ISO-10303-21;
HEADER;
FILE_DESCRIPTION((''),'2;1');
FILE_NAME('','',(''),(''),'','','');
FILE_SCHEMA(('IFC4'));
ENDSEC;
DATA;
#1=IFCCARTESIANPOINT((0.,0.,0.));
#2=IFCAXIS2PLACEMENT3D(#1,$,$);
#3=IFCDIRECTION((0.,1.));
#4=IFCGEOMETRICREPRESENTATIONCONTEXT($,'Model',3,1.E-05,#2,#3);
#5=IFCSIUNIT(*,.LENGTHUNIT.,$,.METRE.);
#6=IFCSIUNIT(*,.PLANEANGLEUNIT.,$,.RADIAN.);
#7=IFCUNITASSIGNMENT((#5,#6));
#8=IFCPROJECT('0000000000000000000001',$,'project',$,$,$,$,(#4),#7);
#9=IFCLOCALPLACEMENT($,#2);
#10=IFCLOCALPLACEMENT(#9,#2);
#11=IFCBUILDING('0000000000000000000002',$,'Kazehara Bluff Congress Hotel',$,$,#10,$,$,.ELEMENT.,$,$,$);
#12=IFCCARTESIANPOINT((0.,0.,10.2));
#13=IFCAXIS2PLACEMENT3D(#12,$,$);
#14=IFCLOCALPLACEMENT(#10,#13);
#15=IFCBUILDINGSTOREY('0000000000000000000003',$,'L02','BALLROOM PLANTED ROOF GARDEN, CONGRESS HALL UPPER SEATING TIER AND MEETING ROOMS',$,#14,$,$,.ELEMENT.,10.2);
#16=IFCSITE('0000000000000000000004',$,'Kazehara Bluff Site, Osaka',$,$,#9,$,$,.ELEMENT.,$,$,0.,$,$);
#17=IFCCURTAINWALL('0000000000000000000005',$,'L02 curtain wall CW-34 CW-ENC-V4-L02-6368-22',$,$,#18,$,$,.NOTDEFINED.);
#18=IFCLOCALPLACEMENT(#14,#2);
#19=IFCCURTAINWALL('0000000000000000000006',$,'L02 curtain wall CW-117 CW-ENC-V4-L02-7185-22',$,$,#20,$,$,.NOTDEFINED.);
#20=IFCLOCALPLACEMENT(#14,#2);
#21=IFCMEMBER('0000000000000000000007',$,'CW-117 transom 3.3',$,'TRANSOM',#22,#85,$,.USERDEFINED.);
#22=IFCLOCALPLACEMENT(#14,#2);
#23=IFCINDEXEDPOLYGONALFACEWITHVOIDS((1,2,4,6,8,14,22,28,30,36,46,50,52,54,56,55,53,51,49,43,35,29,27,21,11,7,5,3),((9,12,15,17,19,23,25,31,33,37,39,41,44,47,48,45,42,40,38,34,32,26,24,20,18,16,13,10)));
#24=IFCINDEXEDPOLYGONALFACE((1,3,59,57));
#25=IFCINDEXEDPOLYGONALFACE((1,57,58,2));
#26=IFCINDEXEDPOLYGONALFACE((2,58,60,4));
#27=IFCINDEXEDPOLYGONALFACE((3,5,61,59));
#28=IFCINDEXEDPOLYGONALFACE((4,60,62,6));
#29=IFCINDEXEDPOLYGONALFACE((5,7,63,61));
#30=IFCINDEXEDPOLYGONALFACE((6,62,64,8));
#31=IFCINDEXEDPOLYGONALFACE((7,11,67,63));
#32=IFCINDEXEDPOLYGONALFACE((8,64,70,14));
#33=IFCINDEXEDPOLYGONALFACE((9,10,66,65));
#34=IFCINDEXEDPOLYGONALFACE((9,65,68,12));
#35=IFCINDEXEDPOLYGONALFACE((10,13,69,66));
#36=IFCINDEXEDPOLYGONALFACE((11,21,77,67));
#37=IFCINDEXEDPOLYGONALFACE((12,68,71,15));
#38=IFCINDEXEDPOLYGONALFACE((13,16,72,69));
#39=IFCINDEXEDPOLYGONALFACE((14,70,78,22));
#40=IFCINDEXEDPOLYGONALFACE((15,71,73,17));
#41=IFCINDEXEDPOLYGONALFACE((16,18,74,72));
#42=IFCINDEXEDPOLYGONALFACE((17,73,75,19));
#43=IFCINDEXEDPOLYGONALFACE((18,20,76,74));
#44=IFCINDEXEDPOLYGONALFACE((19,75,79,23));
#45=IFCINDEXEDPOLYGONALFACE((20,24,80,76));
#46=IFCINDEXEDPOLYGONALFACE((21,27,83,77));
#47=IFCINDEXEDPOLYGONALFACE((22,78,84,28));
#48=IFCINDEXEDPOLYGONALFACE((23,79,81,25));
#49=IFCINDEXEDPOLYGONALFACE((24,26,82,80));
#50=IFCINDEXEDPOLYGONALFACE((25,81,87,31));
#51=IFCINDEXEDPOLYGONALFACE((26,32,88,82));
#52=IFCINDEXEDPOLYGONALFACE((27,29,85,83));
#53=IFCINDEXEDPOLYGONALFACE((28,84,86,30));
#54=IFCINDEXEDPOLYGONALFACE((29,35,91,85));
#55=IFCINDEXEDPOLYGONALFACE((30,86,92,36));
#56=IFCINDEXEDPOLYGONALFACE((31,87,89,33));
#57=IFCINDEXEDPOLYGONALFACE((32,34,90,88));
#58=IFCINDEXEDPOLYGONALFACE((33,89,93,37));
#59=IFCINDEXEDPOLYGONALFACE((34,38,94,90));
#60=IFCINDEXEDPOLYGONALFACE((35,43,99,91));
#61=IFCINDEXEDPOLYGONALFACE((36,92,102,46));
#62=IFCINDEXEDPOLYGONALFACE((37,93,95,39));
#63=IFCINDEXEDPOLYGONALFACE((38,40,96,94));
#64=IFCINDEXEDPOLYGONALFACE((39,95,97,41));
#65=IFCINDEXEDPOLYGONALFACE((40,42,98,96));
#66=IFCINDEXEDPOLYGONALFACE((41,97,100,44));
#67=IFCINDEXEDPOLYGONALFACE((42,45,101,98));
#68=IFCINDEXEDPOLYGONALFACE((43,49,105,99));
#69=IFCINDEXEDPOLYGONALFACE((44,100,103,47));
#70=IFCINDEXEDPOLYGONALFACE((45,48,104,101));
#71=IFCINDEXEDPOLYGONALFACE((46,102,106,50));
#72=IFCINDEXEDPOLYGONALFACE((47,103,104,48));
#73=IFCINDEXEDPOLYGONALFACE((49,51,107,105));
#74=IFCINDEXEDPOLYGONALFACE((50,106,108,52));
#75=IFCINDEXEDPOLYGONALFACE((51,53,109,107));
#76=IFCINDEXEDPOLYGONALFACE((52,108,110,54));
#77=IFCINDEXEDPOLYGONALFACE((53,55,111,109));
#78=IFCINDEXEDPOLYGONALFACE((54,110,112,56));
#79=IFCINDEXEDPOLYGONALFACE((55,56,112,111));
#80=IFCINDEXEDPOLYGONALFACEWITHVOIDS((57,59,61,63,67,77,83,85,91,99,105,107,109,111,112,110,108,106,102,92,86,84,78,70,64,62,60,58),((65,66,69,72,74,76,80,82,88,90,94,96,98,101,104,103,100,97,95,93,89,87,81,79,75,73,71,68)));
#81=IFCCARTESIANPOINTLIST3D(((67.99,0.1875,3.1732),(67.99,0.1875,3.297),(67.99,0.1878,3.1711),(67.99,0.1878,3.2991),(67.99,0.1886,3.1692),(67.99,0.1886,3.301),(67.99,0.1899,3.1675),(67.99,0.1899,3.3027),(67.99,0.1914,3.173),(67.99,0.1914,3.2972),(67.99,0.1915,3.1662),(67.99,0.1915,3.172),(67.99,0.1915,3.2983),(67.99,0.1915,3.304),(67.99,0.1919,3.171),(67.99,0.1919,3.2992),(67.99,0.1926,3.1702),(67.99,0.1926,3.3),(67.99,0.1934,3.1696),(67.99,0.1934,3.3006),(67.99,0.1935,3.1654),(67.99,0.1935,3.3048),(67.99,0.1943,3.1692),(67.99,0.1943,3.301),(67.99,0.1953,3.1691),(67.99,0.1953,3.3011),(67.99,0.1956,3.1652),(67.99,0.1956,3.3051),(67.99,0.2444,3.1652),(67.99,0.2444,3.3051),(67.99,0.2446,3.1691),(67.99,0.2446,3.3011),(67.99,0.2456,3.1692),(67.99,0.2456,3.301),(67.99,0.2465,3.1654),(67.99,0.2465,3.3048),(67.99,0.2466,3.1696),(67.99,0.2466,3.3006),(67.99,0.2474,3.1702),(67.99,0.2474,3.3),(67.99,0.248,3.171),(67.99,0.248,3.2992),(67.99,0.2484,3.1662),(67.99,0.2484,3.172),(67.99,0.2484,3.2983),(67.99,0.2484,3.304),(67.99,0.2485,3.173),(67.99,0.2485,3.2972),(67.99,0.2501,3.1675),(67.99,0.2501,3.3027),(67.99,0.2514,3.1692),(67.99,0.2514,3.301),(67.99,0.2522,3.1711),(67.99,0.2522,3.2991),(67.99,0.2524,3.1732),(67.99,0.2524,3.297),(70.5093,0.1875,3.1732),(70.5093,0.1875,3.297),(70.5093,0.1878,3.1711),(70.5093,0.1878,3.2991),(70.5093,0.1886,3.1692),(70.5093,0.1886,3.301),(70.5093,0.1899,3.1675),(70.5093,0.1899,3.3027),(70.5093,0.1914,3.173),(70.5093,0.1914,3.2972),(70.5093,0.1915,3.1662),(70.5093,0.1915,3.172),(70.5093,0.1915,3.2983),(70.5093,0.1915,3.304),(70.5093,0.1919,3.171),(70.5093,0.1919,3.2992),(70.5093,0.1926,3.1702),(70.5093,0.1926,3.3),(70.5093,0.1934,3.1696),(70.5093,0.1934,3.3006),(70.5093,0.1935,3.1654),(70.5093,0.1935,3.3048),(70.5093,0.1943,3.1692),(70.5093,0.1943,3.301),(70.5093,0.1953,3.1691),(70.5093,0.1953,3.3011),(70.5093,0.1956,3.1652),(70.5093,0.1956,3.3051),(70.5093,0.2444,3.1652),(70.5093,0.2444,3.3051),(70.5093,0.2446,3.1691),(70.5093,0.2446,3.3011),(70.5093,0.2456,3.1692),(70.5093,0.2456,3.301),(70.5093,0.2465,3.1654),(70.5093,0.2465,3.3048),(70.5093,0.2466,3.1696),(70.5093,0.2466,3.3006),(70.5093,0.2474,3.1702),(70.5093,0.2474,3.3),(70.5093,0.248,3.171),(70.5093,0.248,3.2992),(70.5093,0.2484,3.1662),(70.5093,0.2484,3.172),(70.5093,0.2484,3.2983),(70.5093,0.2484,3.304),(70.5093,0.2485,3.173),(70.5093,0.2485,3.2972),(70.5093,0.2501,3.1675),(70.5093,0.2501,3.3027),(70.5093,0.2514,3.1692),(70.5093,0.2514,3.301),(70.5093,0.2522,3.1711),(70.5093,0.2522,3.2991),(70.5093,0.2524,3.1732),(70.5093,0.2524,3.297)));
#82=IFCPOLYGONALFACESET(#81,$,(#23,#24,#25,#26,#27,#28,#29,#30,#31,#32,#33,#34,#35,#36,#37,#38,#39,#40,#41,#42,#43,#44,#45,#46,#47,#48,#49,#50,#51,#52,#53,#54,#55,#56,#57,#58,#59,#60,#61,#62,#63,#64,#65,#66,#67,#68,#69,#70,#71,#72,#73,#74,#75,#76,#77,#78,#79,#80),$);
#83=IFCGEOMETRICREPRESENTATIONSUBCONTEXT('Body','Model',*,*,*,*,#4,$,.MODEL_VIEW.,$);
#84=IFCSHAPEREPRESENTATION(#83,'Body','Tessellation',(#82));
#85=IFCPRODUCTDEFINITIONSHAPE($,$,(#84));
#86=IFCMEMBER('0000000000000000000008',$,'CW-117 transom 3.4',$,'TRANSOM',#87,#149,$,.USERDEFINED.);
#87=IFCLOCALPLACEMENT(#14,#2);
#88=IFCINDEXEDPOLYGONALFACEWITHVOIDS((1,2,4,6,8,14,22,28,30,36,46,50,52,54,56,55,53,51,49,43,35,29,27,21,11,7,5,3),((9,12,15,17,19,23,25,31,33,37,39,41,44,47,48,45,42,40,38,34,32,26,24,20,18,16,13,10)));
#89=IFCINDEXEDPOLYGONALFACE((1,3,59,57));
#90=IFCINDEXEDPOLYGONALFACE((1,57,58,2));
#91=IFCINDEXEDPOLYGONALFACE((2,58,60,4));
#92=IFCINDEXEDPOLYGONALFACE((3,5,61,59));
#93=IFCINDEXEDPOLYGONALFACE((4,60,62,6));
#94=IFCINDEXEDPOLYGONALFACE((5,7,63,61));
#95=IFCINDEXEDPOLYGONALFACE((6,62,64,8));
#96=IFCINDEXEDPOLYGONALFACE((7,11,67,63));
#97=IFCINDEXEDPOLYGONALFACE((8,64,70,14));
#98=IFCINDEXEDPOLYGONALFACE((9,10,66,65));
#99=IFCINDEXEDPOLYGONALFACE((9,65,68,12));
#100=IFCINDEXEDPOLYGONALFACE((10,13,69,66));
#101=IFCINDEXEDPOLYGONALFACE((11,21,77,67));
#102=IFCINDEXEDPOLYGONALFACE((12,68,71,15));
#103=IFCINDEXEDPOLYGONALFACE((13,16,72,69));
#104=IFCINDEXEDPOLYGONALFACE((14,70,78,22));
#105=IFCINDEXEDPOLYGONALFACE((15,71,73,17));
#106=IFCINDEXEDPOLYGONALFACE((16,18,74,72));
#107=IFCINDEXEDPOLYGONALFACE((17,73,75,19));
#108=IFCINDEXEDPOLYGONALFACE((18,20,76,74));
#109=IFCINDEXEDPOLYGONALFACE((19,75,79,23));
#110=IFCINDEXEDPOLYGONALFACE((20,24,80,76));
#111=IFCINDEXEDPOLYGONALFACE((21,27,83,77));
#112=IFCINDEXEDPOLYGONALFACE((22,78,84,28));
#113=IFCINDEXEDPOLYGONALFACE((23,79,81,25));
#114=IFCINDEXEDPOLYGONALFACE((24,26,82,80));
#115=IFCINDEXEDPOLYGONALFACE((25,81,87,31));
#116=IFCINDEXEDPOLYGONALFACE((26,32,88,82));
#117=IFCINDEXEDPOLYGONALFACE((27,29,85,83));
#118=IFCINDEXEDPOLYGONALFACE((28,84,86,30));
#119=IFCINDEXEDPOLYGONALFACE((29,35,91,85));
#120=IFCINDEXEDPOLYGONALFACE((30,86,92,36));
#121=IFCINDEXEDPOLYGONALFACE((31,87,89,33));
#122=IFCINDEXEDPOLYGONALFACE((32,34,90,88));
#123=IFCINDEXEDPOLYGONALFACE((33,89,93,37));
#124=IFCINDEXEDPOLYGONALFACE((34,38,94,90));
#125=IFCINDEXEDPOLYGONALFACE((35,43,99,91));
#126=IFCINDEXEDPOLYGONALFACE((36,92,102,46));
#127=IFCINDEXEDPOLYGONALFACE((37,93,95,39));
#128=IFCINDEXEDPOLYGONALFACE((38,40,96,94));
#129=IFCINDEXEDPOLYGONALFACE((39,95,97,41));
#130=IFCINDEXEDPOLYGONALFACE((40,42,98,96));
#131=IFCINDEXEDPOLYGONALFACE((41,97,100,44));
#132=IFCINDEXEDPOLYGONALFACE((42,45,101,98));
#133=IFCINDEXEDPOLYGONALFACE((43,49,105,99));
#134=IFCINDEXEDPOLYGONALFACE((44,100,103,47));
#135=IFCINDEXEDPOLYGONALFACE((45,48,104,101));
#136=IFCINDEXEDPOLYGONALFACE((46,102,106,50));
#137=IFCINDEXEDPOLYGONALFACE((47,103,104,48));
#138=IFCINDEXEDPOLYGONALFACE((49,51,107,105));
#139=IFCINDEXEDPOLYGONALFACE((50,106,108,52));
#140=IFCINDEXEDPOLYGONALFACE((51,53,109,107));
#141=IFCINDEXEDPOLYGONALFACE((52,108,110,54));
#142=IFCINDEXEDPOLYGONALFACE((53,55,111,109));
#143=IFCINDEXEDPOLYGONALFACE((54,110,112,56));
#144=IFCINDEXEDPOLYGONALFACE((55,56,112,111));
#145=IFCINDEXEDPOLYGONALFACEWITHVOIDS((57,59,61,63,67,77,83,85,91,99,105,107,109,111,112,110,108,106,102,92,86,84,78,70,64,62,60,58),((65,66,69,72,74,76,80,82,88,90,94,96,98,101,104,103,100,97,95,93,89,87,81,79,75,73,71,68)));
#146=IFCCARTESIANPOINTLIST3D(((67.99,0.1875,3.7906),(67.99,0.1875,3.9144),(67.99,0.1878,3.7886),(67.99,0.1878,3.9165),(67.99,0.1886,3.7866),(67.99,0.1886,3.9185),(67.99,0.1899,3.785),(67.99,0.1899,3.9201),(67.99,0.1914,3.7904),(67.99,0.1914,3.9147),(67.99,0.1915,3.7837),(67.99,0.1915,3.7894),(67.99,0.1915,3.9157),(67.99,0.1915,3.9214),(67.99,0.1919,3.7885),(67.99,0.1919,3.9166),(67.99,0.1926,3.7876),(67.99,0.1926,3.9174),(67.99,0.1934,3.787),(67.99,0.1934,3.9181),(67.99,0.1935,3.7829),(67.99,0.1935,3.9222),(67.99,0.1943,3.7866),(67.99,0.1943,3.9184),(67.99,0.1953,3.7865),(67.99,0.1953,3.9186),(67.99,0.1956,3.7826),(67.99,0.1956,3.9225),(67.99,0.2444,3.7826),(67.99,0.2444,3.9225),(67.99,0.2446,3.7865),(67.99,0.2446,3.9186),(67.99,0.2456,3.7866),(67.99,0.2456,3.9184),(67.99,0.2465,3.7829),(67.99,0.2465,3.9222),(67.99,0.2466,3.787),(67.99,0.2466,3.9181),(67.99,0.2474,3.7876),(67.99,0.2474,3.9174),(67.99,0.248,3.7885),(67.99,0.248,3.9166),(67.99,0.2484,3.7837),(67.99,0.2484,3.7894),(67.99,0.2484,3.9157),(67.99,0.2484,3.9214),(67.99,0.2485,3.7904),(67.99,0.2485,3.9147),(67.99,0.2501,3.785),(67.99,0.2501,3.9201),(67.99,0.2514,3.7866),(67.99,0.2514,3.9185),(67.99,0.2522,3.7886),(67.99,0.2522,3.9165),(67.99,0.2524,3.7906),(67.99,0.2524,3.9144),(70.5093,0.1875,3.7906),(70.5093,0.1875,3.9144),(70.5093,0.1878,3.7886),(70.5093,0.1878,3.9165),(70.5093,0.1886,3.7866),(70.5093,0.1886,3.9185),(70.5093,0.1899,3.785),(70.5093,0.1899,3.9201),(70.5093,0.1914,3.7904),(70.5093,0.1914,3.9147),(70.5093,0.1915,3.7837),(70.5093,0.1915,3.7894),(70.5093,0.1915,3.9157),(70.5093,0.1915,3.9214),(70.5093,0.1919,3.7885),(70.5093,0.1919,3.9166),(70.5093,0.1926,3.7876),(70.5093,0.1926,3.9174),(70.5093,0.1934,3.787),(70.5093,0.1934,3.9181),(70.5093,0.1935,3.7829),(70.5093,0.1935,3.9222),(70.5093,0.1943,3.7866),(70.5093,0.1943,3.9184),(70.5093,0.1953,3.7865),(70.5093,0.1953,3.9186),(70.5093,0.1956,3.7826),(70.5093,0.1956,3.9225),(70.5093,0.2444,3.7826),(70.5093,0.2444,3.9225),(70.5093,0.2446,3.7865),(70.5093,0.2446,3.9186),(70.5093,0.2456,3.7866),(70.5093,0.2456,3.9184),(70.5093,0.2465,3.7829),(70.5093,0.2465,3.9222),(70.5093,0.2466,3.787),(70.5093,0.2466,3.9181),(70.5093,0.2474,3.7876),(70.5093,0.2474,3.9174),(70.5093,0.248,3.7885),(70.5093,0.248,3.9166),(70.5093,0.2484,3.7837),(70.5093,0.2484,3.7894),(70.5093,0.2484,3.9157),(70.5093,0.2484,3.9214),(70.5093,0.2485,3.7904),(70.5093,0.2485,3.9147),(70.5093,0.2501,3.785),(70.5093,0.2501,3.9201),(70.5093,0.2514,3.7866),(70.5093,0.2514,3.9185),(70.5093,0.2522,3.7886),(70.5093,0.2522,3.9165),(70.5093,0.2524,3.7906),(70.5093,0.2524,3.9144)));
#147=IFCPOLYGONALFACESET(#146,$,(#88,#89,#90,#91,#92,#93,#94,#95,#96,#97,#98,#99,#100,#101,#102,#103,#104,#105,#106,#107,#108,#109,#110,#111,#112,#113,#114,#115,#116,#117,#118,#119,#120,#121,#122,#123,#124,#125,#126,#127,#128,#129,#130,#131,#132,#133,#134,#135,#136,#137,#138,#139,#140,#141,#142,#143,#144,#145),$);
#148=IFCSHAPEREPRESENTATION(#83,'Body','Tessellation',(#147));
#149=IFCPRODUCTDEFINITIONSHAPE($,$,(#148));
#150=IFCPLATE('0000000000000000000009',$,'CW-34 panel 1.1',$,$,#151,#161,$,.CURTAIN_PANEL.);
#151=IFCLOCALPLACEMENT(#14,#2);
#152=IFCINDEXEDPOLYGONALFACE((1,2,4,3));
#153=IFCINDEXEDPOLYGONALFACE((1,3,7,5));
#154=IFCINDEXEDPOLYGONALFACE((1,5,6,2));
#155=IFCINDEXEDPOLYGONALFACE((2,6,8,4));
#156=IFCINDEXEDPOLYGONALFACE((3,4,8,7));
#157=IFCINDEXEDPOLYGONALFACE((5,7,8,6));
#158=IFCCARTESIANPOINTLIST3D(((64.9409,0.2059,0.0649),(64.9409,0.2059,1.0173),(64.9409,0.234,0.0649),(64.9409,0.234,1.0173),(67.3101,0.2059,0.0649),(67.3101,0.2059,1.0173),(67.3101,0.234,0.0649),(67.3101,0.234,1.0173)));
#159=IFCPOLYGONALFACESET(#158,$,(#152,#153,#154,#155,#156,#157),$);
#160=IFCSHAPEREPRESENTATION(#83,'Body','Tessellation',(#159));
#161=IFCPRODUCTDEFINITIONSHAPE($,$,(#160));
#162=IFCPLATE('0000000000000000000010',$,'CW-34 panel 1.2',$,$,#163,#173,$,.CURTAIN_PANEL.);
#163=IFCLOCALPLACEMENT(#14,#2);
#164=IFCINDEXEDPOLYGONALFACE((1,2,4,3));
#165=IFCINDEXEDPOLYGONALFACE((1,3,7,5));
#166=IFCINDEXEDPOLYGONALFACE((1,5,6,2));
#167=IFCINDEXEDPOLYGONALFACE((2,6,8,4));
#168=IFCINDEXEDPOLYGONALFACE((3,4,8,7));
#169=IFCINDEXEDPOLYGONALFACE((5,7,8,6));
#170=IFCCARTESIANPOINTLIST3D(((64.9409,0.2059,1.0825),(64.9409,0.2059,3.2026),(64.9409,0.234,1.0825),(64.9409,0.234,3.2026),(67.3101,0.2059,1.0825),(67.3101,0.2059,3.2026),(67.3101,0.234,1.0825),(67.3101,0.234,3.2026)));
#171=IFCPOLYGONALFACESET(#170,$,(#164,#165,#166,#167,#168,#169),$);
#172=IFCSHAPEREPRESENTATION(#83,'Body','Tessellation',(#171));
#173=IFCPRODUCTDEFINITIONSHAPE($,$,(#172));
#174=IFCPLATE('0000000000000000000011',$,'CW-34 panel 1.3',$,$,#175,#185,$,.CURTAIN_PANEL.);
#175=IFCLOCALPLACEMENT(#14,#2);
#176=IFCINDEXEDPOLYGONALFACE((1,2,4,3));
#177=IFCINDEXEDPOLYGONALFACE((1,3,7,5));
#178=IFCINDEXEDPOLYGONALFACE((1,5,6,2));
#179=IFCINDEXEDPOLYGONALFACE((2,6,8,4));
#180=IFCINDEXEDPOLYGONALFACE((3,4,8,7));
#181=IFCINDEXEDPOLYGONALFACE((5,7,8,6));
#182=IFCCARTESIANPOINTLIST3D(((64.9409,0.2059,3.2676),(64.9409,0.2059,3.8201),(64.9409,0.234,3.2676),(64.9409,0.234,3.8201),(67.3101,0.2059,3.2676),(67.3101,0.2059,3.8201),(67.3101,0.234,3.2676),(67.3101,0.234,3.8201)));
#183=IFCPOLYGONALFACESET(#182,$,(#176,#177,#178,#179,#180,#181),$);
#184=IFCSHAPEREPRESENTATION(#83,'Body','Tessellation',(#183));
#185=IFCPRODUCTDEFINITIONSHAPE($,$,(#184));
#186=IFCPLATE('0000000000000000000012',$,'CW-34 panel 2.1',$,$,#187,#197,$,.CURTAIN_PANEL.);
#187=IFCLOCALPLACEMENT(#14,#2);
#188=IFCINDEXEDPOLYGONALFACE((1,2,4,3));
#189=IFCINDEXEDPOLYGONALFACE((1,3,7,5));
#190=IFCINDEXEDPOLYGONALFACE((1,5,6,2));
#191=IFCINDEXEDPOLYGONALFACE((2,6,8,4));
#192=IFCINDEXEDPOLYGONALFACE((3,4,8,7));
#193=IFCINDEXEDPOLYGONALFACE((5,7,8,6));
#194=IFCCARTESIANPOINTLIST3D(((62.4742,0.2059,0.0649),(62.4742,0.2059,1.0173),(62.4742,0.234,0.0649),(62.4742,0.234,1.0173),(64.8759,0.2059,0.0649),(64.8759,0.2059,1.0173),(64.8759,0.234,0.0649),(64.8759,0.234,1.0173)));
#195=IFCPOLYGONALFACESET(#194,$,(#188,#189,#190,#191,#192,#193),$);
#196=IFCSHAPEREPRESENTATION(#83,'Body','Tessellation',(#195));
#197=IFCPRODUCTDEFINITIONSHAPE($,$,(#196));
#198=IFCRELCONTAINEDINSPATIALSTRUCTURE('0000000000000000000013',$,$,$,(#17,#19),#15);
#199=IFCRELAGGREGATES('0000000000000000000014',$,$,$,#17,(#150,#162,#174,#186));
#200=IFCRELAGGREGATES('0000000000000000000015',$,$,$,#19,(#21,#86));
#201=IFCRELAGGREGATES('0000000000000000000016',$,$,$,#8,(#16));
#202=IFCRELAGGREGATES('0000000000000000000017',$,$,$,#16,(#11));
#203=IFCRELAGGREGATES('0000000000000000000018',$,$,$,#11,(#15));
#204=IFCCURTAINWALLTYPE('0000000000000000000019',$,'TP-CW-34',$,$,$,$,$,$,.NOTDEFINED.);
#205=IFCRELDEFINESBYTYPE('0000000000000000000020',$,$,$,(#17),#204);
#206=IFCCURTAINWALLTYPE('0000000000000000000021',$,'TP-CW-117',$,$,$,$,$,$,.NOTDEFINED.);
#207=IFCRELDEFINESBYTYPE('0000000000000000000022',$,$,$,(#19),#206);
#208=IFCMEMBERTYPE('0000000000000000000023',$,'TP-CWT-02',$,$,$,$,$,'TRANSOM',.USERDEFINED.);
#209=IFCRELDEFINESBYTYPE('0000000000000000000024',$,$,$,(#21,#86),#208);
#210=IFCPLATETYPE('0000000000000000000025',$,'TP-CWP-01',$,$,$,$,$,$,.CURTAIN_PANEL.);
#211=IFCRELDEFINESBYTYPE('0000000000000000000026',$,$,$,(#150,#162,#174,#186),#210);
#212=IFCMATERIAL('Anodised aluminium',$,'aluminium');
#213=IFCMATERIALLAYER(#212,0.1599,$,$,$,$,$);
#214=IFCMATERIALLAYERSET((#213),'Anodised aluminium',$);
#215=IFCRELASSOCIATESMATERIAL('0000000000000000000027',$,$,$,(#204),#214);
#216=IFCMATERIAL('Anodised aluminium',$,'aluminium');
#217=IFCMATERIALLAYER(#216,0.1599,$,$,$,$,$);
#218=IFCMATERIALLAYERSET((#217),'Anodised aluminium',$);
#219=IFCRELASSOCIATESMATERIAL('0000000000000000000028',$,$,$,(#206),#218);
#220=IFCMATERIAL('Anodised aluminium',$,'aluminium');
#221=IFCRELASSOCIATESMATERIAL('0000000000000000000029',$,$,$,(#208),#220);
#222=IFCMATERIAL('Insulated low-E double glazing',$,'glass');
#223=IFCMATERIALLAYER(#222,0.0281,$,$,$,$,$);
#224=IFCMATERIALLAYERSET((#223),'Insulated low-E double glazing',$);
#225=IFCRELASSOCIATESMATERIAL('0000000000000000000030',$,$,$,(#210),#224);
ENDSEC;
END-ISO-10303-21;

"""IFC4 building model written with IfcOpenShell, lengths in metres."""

from ifc_helpers import new_model, si_unit, direction, frame, origin, origin_2d, place, context, subcontext, project, spatial, rectangle, hollow_rectangle, extrude, material, layer, layer_set, material_profile, profile_set, type_object, element, aggregate, save


model = new_model("IFC4")

# Units and contexts
model_context = context("Model", 3, precision=1e-05, world=origin(), true_north=direction((0.0, 1.0)))
body_context = subcontext(model_context, "Body", "Model", "MODEL_VIEW")
ifc_project = project(units=[si_unit("LENGTHUNIT", "METRE"), si_unit("PLANEANGLEUNIT", "RADIAN")], contexts=[model_context])

# Site, building, storey
site_placement = place(None, origin())
site = spatial("IfcSite", under=ifc_project, at=site_placement, Name="Kazehara Bluff Site, Osaka", CompositionType="ELEMENT", RefElevation=0.0)
building_placement = place(site_placement, origin())
building = spatial("IfcBuilding", under=site, at=building_placement, Name="Kazehara Bluff Congress Hotel", CompositionType="ELEMENT")
storey_placement = place(building_placement, frame((0.0, 0.0, 10.2)))
storey = spatial("IfcBuildingStorey", under=building, at=storey_placement, Name="L02", Description="BALLROOM PLANTED ROOF GARDEN, CONGRESS HALL UPPER SEATING TIER AND MEETING ROOMS", CompositionType="ELEMENT", Elevation=10.2)

# Curtain walls
ifc_material_1 = material(Name="Anodised aluminium", Category="aluminium")
ifc_layer_1 = layer(ifc_material_1, 0.1599)
ifc_layer_set_1 = layer_set([ifc_layer_1], Name="Anodised aluminium")
curtain_wall_type_1 = type_object("IfcCurtainWallType", Name="TP-CW-34", PredefinedType="NOTDEFINED", material=ifc_layer_set_1)
curtain_wall_1_placement = place(storey_placement, origin())
curtain_wall_1 = element("IfcCurtainWall", 1, at=curtain_wall_1_placement, inside=storey, type_object=curtain_wall_type_1, Name="L02 curtain wall CW-34 CW-ENC-V4-L02-6368-22", PredefinedType="NOTDEFINED")
ifc_material_2 = material(Name="Anodised aluminium", Category="aluminium")
ifc_layer_2 = layer(ifc_material_2, 0.1599)
ifc_layer_set_2 = layer_set([ifc_layer_2], Name="Anodised aluminium")
curtain_wall_type_2 = type_object("IfcCurtainWallType", Name="TP-CW-117", PredefinedType="NOTDEFINED", material=ifc_layer_set_2)
curtain_wall_2_placement = place(storey_placement, origin())
curtain_wall_2 = element("IfcCurtainWall", 2, at=curtain_wall_2_placement, inside=storey, type_object=curtain_wall_type_2, Name="L02 curtain wall CW-117 CW-ENC-V4-L02-7185-22", PredefinedType="NOTDEFINED")

# Members
ifc_material_3 = material(Name="Anodised aluminium", Category="aluminium")
ifc_material_profile_1 = material_profile(ifc_material_3, hollow_rectangle(XDim=0.0649, YDim=0.1399, WallThickness=0.0039, InnerFilletRadius=0.0039, OuterFilletRadius=0.0081, at=origin_2d()))
ifc_profile_set_1 = profile_set([ifc_material_profile_1], Name="Anodised aluminium")
member_type_1 = type_object("IfcMemberType", Name="TP-CWT-02", ElementType="TRANSOM", PredefinedType="USERDEFINED", material=ifc_profile_set_1)
member_1_placement = place(storey_placement, frame((70.5093, 0.22, 3.2351), z_axis=(-1.0, 0.0, 0.0), x_axis=(0.0, -1.0, 0.0)))
member_1 = element("IfcMember", 3, at=member_1_placement, type_object=member_type_1, Name="CW-117 transom 3.3", ObjectType="TRANSOM", PredefinedType="USERDEFINED", context=body_context, shape_type="SweptSolid", body=[
    extrude(hollow_rectangle(XDim=0.0649, YDim=0.1399, WallThickness=0.0039, InnerFilletRadius=0.0039, OuterFilletRadius=0.0081, at=origin_2d()), origin(), (0.0, 0.0, 1.0), 2.5193),
])
member_2_placement = place(storey_placement, frame((70.5093, 0.22, 3.8525), z_axis=(-1.0, 0.0, 0.0), x_axis=(0.0, -1.0, 0.0)))
member_2 = element("IfcMember", 4, at=member_2_placement, type_object=member_type_1, Name="CW-117 transom 3.4", ObjectType="TRANSOM", PredefinedType="USERDEFINED", context=body_context, shape_type="SweptSolid", body=[
    extrude(hollow_rectangle(XDim=0.0649, YDim=0.1399, WallThickness=0.0039, InnerFilletRadius=0.0039, OuterFilletRadius=0.0081, at=origin_2d()), origin(), (0.0, 0.0, 1.0), 2.5193),
])

# Plates
ifc_material_4 = material(Name="Insulated low-E double glazing", Category="glass")
ifc_layer_3 = layer(ifc_material_4, 0.0281)
ifc_layer_set_3 = layer_set([ifc_layer_3], Name="Insulated low-E double glazing")
plate_type = type_object("IfcPlateType", Name="TP-CWP-01", PredefinedType="CURTAIN_PANEL", material=ifc_layer_set_3)
plate_1_placement = place(storey_placement, frame((66.1255, 0.22, 0.0649), z_axis=(0.0, 0.0, 1.0), x_axis=(-1.0, 0.0, 0.0)))
plate_1 = element("IfcPlate", 5, at=plate_1_placement, type_object=plate_type, Name="CW-34 panel 1.1", PredefinedType="CURTAIN_PANEL", context=body_context, shape_type="SweptSolid", body=[
    extrude(rectangle(XDim=2.3691, YDim=0.0281, at=origin_2d()), origin(), (0.0, 0.0, 1.0), 0.9524),
])
plate_2_placement = place(storey_placement, frame((66.1255, 0.22, 1.0825), z_axis=(0.0, 0.0, 1.0), x_axis=(-1.0, 0.0, 0.0)))
plate_2 = element("IfcPlate", 6, at=plate_2_placement, type_object=plate_type, Name="CW-34 panel 1.2", PredefinedType="CURTAIN_PANEL", context=body_context, shape_type="SweptSolid", body=[
    extrude(rectangle(XDim=2.3691, YDim=0.0281, at=origin_2d()), origin(), (0.0, 0.0, 1.0), 2.1201),
])
plate_3_placement = place(storey_placement, frame((66.1255, 0.22, 3.2676), z_axis=(0.0, 0.0, 1.0), x_axis=(-1.0, 0.0, 0.0)))
plate_3 = element("IfcPlate", 7, at=plate_3_placement, type_object=plate_type, Name="CW-34 panel 1.3", PredefinedType="CURTAIN_PANEL", context=body_context, shape_type="SweptSolid", body=[
    extrude(rectangle(XDim=2.3691, YDim=0.0281, at=origin_2d()), origin(), (0.0, 0.0, 1.0), 0.5525),
])
plate_4_placement = place(storey_placement, frame((63.675, 0.22, 0.0649), z_axis=(0.0, 0.0, 1.0), x_axis=(-1.0, 0.0, 0.0)))
plate_4 = element("IfcPlate", 8, at=plate_4_placement, type_object=plate_type, Name="CW-34 panel 2.1", PredefinedType="CURTAIN_PANEL", context=body_context, shape_type="SweptSolid", body=[
    extrude(rectangle(XDim=2.4016, YDim=0.0281, at=origin_2d()), origin(), (0.0, 0.0, 1.0), 0.9524),
])
aggregate(curtain_wall_1, [plate_1, plate_2, plate_3, plate_4])
aggregate(curtain_wall_2, [member_1, member_2])

save(model, "model.ifc")
